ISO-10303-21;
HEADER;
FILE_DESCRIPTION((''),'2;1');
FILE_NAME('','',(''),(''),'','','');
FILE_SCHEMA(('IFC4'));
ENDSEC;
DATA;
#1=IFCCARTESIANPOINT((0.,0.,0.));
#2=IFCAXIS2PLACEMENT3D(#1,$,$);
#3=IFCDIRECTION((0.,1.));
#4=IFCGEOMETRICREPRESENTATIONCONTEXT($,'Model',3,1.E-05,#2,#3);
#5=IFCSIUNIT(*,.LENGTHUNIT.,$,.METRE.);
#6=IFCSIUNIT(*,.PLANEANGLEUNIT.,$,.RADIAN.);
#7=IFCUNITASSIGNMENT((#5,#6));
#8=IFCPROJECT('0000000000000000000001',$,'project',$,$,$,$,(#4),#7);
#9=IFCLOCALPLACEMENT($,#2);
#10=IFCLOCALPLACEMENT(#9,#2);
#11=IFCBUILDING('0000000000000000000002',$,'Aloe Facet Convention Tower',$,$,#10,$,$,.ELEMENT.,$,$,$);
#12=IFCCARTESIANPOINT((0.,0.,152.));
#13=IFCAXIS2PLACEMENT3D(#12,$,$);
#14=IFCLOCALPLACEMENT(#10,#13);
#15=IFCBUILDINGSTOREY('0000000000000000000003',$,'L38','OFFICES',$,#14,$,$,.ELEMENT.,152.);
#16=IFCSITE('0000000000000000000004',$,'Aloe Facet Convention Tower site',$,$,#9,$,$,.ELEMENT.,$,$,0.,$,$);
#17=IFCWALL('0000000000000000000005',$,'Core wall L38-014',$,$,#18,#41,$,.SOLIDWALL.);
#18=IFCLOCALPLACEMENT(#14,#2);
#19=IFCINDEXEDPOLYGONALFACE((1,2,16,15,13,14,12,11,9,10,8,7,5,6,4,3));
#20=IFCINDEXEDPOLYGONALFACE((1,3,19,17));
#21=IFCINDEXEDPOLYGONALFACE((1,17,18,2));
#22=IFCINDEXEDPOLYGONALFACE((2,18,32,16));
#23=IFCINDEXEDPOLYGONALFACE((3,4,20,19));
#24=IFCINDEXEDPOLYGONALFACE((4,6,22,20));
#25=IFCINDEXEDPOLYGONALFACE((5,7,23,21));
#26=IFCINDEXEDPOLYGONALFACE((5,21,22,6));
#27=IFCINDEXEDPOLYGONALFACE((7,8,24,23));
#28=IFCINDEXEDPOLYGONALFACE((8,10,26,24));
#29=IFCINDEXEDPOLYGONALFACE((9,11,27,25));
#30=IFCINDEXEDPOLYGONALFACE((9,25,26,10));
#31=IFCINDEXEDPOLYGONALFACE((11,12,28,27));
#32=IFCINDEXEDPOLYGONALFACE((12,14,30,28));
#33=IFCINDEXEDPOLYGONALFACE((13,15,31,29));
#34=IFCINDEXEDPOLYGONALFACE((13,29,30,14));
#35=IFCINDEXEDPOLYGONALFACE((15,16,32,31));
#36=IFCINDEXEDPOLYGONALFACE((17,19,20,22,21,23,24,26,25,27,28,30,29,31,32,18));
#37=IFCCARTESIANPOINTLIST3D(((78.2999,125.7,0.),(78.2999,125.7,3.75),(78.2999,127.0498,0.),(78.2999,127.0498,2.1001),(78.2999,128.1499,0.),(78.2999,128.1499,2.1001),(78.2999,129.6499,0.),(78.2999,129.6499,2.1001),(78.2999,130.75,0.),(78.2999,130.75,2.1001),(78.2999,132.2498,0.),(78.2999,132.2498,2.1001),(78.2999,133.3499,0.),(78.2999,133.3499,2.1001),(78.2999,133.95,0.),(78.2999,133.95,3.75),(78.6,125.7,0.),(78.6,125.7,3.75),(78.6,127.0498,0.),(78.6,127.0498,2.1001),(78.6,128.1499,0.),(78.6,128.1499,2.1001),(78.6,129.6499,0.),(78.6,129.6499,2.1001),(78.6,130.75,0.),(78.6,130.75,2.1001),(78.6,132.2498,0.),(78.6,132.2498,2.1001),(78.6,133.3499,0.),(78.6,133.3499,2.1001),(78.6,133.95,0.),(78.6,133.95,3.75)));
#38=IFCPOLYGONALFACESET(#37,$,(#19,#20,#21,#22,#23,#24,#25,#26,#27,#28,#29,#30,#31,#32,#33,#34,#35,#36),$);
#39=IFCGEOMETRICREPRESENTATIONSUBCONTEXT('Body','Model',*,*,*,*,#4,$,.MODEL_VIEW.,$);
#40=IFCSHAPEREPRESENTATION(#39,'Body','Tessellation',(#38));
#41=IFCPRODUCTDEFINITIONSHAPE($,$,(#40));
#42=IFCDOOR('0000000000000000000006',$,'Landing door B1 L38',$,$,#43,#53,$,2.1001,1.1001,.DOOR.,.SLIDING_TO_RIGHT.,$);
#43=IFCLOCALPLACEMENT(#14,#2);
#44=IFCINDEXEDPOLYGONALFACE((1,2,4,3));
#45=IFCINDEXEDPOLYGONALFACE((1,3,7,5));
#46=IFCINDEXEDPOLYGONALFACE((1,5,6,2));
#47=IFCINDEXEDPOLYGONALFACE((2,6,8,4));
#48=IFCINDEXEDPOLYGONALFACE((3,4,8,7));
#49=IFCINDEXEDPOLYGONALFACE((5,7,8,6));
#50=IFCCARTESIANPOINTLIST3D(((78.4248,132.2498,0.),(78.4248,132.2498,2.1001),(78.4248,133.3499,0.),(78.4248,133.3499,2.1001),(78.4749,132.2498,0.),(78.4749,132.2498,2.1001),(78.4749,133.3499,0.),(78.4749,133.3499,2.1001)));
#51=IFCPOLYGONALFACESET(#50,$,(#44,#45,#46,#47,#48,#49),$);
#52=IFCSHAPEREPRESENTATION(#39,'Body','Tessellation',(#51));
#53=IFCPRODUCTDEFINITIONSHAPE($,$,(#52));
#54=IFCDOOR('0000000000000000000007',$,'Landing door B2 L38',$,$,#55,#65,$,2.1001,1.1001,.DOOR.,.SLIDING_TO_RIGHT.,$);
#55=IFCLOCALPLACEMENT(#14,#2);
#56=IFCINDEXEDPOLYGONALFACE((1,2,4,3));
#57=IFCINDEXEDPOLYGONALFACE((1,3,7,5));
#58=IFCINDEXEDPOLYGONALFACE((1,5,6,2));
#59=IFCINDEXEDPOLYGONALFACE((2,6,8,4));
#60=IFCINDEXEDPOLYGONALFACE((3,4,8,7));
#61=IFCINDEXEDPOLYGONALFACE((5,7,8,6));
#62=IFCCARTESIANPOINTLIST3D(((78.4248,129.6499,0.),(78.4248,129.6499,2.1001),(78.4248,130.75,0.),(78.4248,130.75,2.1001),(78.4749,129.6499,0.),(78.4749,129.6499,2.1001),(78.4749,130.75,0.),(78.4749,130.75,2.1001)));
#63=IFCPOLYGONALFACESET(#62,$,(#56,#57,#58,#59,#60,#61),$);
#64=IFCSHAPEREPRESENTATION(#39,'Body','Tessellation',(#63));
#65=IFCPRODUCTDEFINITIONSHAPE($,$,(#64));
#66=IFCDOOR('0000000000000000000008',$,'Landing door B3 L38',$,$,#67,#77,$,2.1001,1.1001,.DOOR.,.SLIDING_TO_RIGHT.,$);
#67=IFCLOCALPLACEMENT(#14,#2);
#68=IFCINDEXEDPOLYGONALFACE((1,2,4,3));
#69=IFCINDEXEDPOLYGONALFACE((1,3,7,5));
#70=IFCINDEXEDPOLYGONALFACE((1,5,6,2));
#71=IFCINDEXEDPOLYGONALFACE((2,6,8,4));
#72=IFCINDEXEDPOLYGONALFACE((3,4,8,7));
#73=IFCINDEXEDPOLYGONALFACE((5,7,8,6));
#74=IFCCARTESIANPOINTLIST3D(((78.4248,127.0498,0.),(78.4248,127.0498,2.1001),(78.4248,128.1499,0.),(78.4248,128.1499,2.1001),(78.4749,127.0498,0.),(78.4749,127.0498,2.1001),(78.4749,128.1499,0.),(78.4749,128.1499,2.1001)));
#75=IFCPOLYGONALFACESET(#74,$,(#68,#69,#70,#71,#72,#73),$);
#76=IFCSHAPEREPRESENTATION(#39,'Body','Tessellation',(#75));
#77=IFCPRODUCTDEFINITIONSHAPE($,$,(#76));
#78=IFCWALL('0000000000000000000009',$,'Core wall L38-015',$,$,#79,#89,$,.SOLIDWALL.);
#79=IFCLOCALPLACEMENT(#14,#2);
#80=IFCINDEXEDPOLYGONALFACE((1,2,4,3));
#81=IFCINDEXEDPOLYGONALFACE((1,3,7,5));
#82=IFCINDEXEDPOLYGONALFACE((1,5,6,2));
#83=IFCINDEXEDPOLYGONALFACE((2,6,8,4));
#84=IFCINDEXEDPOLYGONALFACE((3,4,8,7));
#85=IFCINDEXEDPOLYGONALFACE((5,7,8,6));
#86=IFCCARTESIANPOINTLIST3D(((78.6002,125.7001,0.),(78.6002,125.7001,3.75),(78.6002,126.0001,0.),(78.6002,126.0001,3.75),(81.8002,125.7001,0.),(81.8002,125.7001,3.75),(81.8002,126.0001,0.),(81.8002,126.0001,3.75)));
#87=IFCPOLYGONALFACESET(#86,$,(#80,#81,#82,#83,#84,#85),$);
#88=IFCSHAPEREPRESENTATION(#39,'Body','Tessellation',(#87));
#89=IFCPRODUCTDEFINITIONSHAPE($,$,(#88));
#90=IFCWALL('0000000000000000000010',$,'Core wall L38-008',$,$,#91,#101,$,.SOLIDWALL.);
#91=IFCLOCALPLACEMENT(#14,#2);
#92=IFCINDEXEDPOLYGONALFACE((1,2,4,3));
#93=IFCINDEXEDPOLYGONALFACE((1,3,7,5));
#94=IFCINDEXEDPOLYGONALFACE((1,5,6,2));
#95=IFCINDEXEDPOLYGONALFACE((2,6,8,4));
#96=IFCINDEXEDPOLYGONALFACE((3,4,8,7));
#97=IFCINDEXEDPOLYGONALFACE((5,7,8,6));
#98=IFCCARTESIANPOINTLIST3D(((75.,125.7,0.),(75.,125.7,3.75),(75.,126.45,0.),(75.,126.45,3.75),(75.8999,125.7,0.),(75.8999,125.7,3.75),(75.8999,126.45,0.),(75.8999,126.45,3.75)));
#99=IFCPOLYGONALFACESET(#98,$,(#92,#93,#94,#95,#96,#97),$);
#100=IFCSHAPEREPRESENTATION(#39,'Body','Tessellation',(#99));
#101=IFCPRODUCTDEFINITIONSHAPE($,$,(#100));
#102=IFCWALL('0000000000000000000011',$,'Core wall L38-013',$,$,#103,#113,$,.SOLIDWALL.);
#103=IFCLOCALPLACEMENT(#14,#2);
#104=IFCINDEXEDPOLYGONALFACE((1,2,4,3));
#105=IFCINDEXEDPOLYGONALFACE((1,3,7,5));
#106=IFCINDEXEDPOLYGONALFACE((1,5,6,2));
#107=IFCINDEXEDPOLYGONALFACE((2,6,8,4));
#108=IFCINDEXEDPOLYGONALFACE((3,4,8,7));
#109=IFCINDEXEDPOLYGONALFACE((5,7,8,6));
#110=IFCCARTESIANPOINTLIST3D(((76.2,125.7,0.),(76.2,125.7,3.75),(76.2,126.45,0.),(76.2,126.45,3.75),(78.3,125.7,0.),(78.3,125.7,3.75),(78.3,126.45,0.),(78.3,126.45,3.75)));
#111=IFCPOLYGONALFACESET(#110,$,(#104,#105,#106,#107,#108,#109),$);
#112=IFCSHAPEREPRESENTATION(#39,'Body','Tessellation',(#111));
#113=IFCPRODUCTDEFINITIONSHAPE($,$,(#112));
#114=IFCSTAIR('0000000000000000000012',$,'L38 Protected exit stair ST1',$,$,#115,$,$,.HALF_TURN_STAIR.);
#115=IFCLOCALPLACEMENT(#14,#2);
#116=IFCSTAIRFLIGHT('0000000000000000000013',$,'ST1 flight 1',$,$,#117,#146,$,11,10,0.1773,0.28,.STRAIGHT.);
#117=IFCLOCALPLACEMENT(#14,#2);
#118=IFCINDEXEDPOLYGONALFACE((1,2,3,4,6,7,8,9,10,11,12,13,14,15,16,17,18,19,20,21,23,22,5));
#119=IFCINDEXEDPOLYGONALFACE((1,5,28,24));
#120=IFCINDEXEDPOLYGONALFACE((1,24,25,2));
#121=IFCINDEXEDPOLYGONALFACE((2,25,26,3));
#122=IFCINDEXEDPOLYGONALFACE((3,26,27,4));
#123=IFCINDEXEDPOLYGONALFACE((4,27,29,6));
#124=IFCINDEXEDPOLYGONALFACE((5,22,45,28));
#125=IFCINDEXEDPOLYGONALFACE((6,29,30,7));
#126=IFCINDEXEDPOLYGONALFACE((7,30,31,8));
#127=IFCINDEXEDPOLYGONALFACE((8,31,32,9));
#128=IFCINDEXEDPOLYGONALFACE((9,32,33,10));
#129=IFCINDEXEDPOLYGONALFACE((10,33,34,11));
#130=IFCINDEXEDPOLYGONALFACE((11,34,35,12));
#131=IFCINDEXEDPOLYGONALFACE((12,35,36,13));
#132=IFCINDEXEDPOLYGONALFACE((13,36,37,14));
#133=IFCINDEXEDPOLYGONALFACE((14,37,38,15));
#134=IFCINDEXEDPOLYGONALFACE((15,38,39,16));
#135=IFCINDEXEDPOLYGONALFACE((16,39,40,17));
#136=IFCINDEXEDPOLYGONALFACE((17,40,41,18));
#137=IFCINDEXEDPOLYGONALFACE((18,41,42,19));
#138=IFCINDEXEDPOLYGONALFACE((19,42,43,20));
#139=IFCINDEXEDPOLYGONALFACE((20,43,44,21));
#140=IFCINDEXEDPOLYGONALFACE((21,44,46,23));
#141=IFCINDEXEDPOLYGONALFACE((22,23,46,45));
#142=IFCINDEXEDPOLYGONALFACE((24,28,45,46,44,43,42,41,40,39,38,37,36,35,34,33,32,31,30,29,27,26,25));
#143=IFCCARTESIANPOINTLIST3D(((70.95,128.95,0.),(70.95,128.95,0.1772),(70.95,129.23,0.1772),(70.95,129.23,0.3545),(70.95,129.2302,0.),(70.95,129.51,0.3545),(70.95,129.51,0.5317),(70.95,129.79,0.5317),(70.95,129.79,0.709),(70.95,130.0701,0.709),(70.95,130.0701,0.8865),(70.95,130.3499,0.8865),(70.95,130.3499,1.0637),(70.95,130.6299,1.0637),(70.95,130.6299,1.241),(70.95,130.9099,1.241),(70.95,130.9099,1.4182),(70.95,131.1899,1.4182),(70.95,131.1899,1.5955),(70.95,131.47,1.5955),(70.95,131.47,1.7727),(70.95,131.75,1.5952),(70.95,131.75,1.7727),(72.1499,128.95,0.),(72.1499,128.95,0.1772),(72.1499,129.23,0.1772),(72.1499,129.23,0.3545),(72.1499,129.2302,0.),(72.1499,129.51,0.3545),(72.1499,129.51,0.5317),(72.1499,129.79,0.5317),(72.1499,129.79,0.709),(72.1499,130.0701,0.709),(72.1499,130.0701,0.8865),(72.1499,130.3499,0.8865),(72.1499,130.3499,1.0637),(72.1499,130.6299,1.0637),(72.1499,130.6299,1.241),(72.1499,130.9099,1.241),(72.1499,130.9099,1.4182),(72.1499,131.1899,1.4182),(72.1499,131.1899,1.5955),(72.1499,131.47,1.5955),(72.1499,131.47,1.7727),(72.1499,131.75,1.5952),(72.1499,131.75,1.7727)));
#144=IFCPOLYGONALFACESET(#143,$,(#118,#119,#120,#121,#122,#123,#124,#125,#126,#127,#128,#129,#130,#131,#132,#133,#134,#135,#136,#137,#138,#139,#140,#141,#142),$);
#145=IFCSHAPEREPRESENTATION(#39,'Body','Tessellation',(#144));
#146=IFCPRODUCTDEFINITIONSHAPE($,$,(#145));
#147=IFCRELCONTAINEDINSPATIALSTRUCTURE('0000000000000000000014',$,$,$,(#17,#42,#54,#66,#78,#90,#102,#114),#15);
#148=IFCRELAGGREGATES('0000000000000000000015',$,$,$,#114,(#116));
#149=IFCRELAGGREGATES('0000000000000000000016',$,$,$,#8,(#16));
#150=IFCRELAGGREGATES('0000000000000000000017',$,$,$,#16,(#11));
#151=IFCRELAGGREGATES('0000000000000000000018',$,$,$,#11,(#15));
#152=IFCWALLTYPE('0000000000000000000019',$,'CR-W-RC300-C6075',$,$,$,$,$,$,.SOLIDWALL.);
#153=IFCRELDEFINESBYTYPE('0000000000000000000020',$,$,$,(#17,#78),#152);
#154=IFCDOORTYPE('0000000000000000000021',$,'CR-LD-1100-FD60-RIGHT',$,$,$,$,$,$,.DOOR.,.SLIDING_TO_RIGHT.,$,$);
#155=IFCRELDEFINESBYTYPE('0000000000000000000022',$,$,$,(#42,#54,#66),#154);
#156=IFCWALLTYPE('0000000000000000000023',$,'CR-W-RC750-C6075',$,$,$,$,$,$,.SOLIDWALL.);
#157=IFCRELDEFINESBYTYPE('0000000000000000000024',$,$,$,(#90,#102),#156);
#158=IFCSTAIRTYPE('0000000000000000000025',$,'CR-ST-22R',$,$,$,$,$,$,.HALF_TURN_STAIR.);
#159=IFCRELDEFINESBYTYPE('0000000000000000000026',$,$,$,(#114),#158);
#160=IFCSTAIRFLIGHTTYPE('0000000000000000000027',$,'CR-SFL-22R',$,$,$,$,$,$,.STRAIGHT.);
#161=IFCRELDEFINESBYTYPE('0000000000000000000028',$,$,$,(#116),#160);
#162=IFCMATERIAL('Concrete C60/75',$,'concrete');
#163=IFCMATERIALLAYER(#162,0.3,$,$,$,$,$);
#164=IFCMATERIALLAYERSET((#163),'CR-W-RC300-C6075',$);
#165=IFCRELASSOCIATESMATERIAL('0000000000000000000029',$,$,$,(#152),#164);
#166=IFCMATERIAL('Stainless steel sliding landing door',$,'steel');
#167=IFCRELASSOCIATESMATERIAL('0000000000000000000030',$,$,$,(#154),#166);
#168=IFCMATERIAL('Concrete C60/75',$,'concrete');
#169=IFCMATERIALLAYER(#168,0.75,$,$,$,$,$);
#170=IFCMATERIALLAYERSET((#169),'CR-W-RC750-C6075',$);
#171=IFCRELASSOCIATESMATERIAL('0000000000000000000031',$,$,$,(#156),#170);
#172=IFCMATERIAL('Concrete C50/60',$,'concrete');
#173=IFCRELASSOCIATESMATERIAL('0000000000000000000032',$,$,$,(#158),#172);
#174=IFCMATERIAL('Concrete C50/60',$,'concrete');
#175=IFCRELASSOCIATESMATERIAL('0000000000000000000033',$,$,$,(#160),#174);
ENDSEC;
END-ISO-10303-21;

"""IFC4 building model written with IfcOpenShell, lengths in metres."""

from ifc_helpers import new_model, si_unit, direction, frame, frame_2d, origin, place, context, subcontext, project, spatial, polyline, rectangle, outline, extrude, material, layer, layer_set, type_object, element, fill, aggregate, save


model = new_model("IFC4")

# Units and contexts
model_context = context("Model", 3, precision=1e-05, world=origin(), true_north=direction((0.0, 1.0)))
body_context = subcontext(model_context, "Body", "Model", "MODEL_VIEW")
ifc_project = project(units=[si_unit("LENGTHUNIT", "METRE"), si_unit("PLANEANGLEUNIT", "RADIAN")], contexts=[model_context])

# Site, building, storey
site_placement = place(None, origin())
site = spatial("IfcSite", under=ifc_project, at=site_placement, Name="Aloe Facet Convention Tower site", CompositionType="ELEMENT", RefElevation=0.0)
building_placement = place(site_placement, origin())
building = spatial("IfcBuilding", under=site, at=building_placement, Name="Aloe Facet Convention Tower", CompositionType="ELEMENT")
storey_placement = place(building_placement, frame((0.0, 0.0, 152.0)))
storey = spatial("IfcBuildingStorey", under=building, at=storey_placement, Name="L38", Description="OFFICES", CompositionType="ELEMENT", Elevation=152.0)

# Shared definitions
ifc_material_1 = material(Name="Concrete C60/75", Category="concrete")
ifc_layer_1 = layer(ifc_material_1, 0.3)
ifc_layer_set_1 = layer_set([ifc_layer_1], Name="CR-W-RC300-C6075")
wall_type_1 = type_object("IfcWallType", Name="CR-W-RC300-C6075", PredefinedType="SOLIDWALL", material=ifc_layer_set_1)

# Wall, openings, doors
wall_1_placement = place(storey_placement, frame((78.45, 133.95, 0.0), z_axis=(0.0, 0.0, 1.0), x_axis=(0.0, -1.0, 0.0)))
wall_1 = element("IfcWall", 1, at=wall_1_placement, inside=storey, type_object=wall_type_1, Name="Core wall L38-014", PredefinedType="SOLIDWALL", context=body_context, shape_type="SweptSolid", body=[
    extrude(rectangle(XDim=8.25, YDim=0.3, at=frame_2d((4.125, 0.0))), origin(), (0.0, 0.0, 1.0), 3.75),
])
opening_1_placement = place(wall_1_placement, frame((0.6001, 0.0, 0.0)))
opening_1 = element("IfcOpeningElement", 2, at=opening_1_placement, cuts=wall_1, PredefinedType="OPENING", context=body_context, shape_type="SweptSolid", body=[
    extrude(rectangle(XDim=1.1001, YDim=2.1001, at=frame_2d((0.55, 1.05))), frame((0.0, 0.1602, 0.0), z_axis=(0.0, -1.0, 0.0), x_axis=(1.0, 0.0, 0.0)), (0.0, 0.0, 1.0), 0.3201),
])
opening_2_placement = place(wall_1_placement, frame((3.2, 0.0, 0.0)))
opening_2 = element("IfcOpeningElement", 3, at=opening_2_placement, cuts=wall_1, PredefinedType="OPENING", context=body_context, shape_type="SweptSolid", body=[
    extrude(rectangle(XDim=1.1001, YDim=2.1001, at=frame_2d((0.55, 1.05))), frame((0.0, 0.1602, 0.0), z_axis=(0.0, -1.0, 0.0), x_axis=(1.0, 0.0, 0.0)), (0.0, 0.0, 1.0), 0.3201),
])
opening_3_placement = place(wall_1_placement, frame((5.8, 0.0, 0.0)))
opening_3 = element("IfcOpeningElement", 4, at=opening_3_placement, cuts=wall_1, PredefinedType="OPENING", context=body_context, shape_type="SweptSolid", body=[
    extrude(rectangle(XDim=1.1001, YDim=2.1001, at=frame_2d((0.55, 1.05))), frame((0.0, 0.1602, 0.0), z_axis=(0.0, -1.0, 0.0), x_axis=(1.0, 0.0, 0.0)), (0.0, 0.0, 1.0), 0.3201),
])
ifc_material_2 = material(Name="Stainless steel sliding landing door", Category="steel")
door_type_1 = type_object("IfcDoorType", Name="CR-LD-1100-FD60-RIGHT", OperationType="SLIDING_TO_RIGHT", PredefinedType="DOOR", material=ifc_material_2)
door_1_placement = place(opening_1_placement, origin())
door_1 = element("IfcDoor", 5, at=door_1_placement, inside=storey, type_object=door_type_1, Name="Landing door B1 L38", OperationType="SLIDING_TO_RIGHT", OverallHeight=2.1001, OverallWidth=1.1001, PredefinedType="DOOR", context=body_context, shape_type="SweptSolid", body=[
    extrude(rectangle(XDim=1.1001, YDim=2.1001, at=frame_2d((0.55, 1.05))), frame((0.0, 0.0249, 0.0), z_axis=(0.0, -1.0, 0.0), x_axis=(1.0, 0.0, 0.0)), (0.0, 0.0, 1.0), 0.05),
])
fill(opening_1, door_1)
door_2_placement = place(opening_2_placement, origin())
door_2 = element("IfcDoor", 6, at=door_2_placement, inside=storey, type_object=door_type_1, Name="Landing door B2 L38", OperationType="SLIDING_TO_RIGHT", OverallHeight=2.1001, OverallWidth=1.1001, PredefinedType="DOOR", context=body_context, shape_type="SweptSolid", body=[
    extrude(rectangle(XDim=1.1001, YDim=2.1001, at=frame_2d((0.55, 1.05))), frame((0.0, 0.0249, 0.0), z_axis=(0.0, -1.0, 0.0), x_axis=(1.0, 0.0, 0.0)), (0.0, 0.0, 1.0), 0.05),
])
fill(opening_2, door_2)
door_3_placement = place(opening_3_placement, origin())
door_3 = element("IfcDoor", 7, at=door_3_placement, inside=storey, type_object=door_type_1, Name="Landing door B3 L38", OperationType="SLIDING_TO_RIGHT", OverallHeight=2.1001, OverallWidth=1.1001, PredefinedType="DOOR", context=body_context, shape_type="SweptSolid", body=[
    extrude(rectangle(XDim=1.1001, YDim=2.1001, at=frame_2d((0.55, 1.05))), frame((0.0, 0.0249, 0.0), z_axis=(0.0, -1.0, 0.0), x_axis=(1.0, 0.0, 0.0)), (0.0, 0.0, 1.0), 0.05),
])
fill(opening_3, door_3)

# Walls
wall_2_placement = place(storey_placement, frame((78.6001, 125.8501, 0.0), z_axis=(0.0, 0.0, 1.0), x_axis=(1.0, 0.0, 0.0)))
element("IfcWall", 8, at=wall_2_placement, inside=storey, type_object=wall_type_1, Name="Core wall L38-015", PredefinedType="SOLIDWALL", context=body_context, shape_type="SweptSolid", body=[
    extrude(rectangle(XDim=3.2, YDim=0.3, at=frame_2d((1.6001, 0.0))), origin(), (0.0, 0.0, 1.0), 3.75),
])
ifc_material_3 = material(Name="Concrete C60/75", Category="concrete")
ifc_layer_2 = layer(ifc_material_3, 0.75)
ifc_layer_set_2 = layer_set([ifc_layer_2], Name="CR-W-RC750-C6075")
wall_type_2 = type_object("IfcWallType", Name="CR-W-RC750-C6075", PredefinedType="SOLIDWALL", material=ifc_layer_set_2)
wall_3_placement = place(storey_placement, frame((75.0, 126.075, 0.0), z_axis=(0.0, 0.0, 1.0), x_axis=(1.0, 0.0, 0.0)))
element("IfcWall", 9, at=wall_3_placement, inside=storey, type_object=wall_type_2, Name="Core wall L38-008", PredefinedType="SOLIDWALL", context=body_context, shape_type="SweptSolid", body=[
    extrude(rectangle(XDim=0.8999, YDim=0.75, at=frame_2d((0.45, 0.0))), origin(), (0.0, 0.0, 1.0), 3.75),
])
wall_4_placement = place(storey_placement, frame((76.2, 126.075, 0.0), z_axis=(0.0, 0.0, 1.0), x_axis=(1.0, 0.0, 0.0)))
element("IfcWall", 10, at=wall_4_placement, inside=storey, type_object=wall_type_2, Name="Core wall L38-013", PredefinedType="SOLIDWALL", context=body_context, shape_type="SweptSolid", body=[
    extrude(rectangle(XDim=2.1001, YDim=0.75, at=frame_2d((1.05, 0.0))), origin(), (0.0, 0.0, 1.0), 3.75),
])

# Stair, stair flight
ifc_material_4 = material(Name="Concrete C50/60", Category="concrete")
stair_type = type_object("IfcStairType", Name="CR-ST-22R", PredefinedType="HALF_TURN_STAIR", material=ifc_material_4)
stair_1_placement = place(storey_placement, origin())
stair_1 = element("IfcStair", 11, at=stair_1_placement, inside=storey, type_object=stair_type, Name="L38 Protected exit stair ST1", PredefinedType="HALF_TURN_STAIR")
ifc_material_5 = material(Name="Concrete C50/60", Category="concrete")
stair_flight_type = type_object("IfcStairFlightType", Name="CR-SFL-22R", PredefinedType="STRAIGHT", material=ifc_material_5)
stair_flight_1_placement = place(storey_placement, frame((71.55, 128.95, 0.0), z_axis=(0.0, 0.0, 1.0), x_axis=(0.0, 1.0, 0.0)))
stair_flight_1 = element("IfcStairFlight", 12, at=stair_flight_1_placement, type_object=stair_flight_type, Name="ST1 flight 1", NumberOfRisers=11, NumberOfTreads=10, PredefinedType="STRAIGHT", RiserHeight=0.1773, TreadLength=0.28, context=body_context, shape_type="SweptSolid", body=[
    extrude(outline(polyline([(0.0, 0.0), (0.0, 0.1772), (0.28, 0.1772), (0.28, 0.3545), (0.5601, 0.3545), (0.5601, 0.5317), (0.8401, 0.5317), (0.8401, 0.709), (1.1201, 0.709), (1.1201, 0.8865), (1.3999, 0.8865), (1.3999, 1.0637), (1.6799, 1.0637), (1.6799, 1.241), (1.96, 1.241), (1.96, 1.4182), (2.24, 1.4182), (2.24, 1.5955), (2.52, 1.5955), (2.52, 1.7727), (2.8, 1.7727), (2.8, 1.95), (2.8, 1.5952), (0.2803, 0.0), (0.0, 0.0)])), frame((0.0, 0.6001, 0.0), z_axis=(0.0, -1.0, 0.0), x_axis=(1.0, 0.0, 0.0)), (0.0, 0.0, 1.0), 1.2),
])
aggregate(stair_1, [stair_flight_1])

save(model, "model.ifc")
